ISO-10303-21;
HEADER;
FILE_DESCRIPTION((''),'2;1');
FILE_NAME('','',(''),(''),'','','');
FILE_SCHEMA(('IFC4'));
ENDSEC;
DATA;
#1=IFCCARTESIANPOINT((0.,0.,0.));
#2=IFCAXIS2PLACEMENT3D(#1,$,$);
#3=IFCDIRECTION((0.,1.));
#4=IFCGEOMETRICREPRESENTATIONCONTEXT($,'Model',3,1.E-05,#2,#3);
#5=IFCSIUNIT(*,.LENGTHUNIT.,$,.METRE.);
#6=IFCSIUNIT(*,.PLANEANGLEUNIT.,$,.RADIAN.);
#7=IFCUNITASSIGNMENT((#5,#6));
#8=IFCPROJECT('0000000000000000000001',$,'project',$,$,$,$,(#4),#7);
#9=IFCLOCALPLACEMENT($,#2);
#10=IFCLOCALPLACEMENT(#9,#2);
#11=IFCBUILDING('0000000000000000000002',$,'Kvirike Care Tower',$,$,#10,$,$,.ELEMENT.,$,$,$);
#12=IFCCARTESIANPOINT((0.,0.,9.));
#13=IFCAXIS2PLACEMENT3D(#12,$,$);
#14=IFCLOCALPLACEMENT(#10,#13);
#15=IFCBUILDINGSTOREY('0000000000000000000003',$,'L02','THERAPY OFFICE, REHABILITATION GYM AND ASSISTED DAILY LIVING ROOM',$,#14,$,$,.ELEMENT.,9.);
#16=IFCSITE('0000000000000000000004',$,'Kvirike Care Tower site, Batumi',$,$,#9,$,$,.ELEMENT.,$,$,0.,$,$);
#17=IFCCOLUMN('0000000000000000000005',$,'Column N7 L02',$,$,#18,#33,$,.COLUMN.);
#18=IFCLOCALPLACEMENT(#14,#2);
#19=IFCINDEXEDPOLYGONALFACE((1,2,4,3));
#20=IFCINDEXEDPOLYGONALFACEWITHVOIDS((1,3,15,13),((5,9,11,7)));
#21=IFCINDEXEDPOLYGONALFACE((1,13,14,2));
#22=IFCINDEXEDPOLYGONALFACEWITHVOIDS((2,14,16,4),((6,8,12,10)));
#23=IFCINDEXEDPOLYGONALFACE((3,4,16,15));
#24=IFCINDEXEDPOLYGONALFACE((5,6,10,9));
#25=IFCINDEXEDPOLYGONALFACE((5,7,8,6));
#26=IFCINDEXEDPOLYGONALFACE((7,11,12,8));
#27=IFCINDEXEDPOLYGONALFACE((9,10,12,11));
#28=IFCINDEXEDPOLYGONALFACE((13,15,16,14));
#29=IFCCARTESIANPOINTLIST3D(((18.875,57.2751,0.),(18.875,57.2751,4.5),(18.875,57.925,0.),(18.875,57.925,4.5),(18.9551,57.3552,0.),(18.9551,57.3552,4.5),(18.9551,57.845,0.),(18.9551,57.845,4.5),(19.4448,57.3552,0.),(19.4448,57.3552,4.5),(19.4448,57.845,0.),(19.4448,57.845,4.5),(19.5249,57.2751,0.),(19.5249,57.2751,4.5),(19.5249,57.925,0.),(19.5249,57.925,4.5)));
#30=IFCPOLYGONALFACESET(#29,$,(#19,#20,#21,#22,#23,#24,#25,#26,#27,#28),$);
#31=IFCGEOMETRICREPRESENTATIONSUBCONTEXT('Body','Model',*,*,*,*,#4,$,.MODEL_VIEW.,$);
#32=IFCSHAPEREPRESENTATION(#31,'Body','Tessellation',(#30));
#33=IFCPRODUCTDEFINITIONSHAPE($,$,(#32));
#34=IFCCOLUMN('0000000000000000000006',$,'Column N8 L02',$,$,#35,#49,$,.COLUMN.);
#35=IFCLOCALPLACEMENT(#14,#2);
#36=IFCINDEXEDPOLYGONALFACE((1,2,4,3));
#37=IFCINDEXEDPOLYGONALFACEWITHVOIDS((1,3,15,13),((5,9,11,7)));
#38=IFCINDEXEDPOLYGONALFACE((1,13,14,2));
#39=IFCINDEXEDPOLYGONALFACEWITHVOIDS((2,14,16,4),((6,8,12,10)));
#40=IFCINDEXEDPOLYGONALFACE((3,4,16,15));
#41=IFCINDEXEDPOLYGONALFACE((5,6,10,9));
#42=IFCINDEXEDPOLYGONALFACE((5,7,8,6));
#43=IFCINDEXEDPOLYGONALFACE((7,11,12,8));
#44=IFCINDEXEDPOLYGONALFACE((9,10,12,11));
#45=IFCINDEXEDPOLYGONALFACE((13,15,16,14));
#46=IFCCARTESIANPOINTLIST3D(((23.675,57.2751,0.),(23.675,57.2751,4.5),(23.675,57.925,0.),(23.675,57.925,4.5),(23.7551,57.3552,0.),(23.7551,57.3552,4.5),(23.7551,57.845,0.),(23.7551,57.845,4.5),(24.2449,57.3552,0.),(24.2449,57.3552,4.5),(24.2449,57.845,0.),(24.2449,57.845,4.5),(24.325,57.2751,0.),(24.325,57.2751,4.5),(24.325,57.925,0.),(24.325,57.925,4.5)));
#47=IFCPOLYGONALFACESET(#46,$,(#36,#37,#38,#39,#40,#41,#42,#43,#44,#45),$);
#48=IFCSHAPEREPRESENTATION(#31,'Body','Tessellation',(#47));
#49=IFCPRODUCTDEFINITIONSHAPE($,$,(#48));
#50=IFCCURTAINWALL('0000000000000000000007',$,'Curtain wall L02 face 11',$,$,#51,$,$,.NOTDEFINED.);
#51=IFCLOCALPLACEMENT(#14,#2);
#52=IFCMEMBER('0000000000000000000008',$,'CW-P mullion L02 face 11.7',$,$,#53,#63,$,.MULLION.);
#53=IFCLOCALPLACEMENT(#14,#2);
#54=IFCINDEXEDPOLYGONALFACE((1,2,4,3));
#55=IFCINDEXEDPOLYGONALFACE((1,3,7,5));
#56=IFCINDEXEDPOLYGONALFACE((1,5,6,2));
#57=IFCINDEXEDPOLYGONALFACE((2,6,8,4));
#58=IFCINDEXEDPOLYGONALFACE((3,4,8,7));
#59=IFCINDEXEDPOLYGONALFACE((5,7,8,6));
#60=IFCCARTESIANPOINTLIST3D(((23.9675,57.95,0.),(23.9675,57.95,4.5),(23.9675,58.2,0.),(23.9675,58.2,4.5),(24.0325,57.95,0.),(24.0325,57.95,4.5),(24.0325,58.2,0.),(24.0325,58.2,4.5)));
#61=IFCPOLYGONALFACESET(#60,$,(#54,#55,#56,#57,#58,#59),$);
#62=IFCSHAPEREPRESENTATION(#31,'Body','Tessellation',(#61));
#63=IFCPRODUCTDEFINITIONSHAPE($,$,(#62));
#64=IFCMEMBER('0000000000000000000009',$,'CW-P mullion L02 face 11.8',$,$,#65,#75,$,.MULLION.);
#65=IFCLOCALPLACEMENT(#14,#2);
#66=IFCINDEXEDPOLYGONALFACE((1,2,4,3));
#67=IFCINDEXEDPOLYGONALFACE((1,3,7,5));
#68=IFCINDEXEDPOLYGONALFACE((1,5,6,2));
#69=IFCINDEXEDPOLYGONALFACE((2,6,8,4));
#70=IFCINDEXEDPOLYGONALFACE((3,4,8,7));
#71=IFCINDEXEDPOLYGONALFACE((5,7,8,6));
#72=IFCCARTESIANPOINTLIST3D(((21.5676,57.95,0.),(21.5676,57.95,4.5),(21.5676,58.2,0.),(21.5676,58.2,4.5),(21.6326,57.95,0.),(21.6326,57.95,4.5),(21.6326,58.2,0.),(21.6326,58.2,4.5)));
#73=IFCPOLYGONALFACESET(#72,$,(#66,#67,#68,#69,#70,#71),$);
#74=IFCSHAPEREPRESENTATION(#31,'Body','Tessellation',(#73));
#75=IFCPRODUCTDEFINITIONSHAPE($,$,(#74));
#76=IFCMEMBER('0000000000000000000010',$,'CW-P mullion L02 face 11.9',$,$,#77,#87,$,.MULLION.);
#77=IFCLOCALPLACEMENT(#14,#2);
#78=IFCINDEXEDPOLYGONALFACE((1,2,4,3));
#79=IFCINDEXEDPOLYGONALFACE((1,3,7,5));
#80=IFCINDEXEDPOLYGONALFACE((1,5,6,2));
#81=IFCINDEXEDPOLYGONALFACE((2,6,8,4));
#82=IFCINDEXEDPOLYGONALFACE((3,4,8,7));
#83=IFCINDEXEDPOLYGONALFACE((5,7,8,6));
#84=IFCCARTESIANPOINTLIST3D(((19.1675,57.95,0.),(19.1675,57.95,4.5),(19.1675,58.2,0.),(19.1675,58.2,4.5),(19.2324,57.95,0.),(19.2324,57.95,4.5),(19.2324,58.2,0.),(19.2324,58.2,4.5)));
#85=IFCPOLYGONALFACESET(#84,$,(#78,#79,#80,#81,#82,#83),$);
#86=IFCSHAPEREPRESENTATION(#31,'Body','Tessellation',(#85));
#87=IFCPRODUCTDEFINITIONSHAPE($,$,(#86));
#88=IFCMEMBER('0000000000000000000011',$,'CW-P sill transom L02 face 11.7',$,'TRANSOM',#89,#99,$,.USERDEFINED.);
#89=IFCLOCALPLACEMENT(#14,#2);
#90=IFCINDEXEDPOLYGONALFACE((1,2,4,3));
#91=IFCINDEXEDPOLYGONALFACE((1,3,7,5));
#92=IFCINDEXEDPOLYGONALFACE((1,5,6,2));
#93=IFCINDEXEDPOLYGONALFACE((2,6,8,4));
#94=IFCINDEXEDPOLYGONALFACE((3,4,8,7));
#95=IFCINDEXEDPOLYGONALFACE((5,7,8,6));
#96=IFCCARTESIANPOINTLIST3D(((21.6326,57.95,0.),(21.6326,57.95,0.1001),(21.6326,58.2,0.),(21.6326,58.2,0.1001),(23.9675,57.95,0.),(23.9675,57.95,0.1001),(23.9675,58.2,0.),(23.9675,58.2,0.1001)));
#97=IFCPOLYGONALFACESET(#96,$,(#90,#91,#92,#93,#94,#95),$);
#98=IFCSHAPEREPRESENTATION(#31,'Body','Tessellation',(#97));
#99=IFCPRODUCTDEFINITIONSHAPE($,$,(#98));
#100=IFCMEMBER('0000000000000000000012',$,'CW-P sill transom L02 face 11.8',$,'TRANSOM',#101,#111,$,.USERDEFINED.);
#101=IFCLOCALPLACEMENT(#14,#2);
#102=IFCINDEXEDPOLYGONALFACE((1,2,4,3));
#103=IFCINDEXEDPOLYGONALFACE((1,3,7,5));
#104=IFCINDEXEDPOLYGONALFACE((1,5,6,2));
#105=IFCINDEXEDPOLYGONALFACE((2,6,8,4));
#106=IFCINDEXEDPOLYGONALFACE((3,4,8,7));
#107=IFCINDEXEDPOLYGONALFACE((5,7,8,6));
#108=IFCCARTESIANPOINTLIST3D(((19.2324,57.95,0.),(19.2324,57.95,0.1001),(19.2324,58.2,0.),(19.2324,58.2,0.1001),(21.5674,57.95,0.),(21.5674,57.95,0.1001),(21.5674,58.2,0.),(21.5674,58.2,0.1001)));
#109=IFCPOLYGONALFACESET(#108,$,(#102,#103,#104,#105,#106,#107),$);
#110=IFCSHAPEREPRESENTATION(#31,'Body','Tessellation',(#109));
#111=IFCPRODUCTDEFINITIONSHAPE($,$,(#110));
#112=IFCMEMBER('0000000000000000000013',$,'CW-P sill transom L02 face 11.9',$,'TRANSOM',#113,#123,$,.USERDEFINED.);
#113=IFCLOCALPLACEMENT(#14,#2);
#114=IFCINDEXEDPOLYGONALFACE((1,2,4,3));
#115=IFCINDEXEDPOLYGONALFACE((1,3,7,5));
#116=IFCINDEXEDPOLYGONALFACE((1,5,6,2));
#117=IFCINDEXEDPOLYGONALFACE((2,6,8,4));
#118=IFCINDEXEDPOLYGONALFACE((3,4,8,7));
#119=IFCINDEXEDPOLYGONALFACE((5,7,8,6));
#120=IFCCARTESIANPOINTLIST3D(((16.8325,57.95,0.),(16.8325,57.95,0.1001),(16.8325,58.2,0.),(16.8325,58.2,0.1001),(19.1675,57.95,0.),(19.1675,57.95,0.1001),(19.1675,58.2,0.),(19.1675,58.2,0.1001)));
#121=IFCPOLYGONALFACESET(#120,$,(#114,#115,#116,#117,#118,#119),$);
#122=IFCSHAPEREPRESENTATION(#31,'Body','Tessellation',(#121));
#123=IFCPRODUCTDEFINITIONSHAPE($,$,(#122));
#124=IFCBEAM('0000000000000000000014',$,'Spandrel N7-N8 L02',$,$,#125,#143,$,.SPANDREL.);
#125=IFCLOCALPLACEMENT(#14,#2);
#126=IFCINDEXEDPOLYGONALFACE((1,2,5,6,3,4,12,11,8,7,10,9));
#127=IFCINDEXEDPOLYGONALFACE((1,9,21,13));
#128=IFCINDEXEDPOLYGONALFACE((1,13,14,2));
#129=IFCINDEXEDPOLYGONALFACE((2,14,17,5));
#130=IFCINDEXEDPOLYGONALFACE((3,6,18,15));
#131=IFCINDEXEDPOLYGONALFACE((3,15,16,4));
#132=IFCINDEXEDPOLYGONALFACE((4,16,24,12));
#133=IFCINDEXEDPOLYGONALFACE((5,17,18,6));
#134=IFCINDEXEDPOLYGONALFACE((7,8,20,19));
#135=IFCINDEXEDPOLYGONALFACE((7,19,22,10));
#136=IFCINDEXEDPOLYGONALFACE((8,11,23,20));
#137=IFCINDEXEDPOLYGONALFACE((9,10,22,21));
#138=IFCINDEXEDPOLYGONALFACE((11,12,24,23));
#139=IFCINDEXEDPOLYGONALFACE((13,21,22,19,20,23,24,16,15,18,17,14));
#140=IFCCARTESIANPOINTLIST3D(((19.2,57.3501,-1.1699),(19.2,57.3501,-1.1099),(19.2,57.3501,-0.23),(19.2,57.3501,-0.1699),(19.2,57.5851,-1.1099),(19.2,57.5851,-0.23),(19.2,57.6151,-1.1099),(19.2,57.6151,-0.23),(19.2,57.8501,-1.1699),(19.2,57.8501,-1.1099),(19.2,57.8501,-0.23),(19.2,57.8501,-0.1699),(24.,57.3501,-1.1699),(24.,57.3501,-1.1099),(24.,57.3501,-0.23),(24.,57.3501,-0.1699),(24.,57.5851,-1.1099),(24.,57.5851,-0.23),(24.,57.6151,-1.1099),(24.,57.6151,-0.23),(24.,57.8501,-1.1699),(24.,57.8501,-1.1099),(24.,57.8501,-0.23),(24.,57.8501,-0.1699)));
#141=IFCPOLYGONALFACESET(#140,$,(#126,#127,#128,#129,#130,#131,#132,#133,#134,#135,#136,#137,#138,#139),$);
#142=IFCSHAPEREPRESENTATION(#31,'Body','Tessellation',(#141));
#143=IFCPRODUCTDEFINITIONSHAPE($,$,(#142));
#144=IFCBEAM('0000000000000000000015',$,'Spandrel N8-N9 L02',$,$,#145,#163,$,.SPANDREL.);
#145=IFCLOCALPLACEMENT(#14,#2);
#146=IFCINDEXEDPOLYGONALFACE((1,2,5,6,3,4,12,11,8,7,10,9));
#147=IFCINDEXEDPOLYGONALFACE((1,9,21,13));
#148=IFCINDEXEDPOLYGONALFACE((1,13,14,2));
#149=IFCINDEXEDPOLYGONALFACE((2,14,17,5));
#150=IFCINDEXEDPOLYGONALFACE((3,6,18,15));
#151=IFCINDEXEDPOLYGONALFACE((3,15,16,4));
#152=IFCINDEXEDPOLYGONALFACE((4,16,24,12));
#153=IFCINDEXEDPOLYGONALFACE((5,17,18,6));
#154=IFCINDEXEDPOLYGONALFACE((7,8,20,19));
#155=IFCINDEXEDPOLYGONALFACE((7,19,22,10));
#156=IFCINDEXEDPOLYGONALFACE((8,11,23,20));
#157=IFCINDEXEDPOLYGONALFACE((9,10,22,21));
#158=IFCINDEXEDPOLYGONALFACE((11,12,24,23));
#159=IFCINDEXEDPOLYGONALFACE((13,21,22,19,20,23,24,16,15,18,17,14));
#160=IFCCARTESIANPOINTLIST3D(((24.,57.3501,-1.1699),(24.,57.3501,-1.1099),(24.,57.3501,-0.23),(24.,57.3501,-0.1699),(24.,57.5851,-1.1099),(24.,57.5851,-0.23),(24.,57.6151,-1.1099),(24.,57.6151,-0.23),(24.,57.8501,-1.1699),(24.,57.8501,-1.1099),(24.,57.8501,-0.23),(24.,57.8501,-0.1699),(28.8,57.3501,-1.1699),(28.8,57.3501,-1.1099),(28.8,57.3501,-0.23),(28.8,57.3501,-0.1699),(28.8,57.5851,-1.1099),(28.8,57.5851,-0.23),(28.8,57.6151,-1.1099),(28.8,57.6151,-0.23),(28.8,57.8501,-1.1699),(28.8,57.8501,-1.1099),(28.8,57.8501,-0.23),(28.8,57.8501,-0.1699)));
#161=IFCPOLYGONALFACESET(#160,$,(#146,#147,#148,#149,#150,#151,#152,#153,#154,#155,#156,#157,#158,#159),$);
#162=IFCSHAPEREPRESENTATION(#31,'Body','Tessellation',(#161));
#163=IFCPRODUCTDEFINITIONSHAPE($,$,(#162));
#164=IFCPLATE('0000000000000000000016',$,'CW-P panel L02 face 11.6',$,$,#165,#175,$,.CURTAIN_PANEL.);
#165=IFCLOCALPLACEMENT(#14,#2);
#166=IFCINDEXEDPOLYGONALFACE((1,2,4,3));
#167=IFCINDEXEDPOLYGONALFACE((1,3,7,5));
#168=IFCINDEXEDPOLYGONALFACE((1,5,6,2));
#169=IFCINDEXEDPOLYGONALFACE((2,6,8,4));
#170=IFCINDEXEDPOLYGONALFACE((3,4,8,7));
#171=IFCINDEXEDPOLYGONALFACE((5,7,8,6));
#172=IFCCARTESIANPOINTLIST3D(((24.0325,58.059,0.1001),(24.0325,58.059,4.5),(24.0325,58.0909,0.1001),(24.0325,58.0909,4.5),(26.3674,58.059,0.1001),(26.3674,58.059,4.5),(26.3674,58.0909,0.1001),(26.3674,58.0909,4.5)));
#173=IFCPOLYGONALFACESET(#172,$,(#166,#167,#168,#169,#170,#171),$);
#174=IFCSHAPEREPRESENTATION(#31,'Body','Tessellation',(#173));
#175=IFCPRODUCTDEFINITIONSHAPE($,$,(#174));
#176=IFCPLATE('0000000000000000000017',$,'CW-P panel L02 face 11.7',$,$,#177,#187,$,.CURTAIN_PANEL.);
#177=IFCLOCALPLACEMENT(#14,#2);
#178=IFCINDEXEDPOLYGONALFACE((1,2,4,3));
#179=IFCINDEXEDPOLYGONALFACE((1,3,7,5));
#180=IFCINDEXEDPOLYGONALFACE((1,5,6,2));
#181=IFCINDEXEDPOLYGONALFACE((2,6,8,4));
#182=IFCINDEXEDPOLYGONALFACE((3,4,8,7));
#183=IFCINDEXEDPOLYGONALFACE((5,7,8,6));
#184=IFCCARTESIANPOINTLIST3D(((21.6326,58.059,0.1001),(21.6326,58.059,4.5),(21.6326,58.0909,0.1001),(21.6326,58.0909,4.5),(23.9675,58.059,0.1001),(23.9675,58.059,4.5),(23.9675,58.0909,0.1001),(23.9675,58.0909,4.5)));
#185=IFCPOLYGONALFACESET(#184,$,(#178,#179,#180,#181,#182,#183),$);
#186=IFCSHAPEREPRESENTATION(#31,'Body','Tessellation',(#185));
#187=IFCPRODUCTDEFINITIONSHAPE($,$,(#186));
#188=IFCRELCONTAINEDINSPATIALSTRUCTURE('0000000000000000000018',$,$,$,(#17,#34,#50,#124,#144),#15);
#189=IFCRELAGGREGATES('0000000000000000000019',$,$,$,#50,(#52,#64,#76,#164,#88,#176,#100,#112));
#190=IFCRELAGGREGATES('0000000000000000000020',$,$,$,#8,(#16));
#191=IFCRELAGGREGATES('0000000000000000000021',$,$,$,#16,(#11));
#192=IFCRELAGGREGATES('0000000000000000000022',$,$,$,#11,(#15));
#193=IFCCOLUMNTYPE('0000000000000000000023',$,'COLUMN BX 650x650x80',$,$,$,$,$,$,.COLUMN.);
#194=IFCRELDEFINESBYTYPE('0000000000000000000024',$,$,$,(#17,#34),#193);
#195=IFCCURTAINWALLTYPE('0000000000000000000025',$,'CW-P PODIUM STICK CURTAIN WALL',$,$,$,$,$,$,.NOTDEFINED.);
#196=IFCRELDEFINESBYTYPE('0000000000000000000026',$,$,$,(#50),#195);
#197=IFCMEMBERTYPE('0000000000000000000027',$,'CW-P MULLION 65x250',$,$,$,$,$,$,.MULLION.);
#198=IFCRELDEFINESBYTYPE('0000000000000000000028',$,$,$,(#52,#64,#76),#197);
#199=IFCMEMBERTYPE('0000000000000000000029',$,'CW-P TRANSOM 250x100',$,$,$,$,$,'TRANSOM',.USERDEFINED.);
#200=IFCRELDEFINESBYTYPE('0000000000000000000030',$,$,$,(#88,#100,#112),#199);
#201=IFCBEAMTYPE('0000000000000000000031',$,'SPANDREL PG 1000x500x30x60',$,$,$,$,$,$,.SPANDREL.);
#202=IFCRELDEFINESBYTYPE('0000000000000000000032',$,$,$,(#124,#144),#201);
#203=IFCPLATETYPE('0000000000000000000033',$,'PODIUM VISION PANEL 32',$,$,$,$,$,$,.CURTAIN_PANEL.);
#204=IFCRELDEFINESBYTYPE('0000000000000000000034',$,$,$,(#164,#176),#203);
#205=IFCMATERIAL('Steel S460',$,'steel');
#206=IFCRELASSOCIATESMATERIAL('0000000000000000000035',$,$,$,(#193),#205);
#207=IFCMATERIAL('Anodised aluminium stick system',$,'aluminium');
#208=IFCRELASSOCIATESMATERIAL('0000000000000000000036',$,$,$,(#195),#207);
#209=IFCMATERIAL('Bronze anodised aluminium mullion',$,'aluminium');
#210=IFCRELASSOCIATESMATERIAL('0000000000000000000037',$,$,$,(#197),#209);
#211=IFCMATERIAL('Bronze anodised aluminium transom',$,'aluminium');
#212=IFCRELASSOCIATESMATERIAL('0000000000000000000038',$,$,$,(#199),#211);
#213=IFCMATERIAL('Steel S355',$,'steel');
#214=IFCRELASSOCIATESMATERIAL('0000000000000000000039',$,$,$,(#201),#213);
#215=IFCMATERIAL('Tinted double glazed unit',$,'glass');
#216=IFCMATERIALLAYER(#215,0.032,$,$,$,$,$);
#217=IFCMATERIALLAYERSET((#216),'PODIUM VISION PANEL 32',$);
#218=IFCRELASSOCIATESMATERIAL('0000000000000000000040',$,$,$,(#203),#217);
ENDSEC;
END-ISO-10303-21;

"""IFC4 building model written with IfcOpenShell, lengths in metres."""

from ifc_helpers import new_model, si_unit, direction, frame, origin, origin_2d, place, context, subcontext, project, spatial, rectangle, hollow_rectangle, i_section, extrude, material, layer, layer_set, material_profile, profile_set, type_object, element, aggregate, save


model = new_model("IFC4")

# Units and contexts
model_context = context("Model", 3, precision=1e-05, world=origin(), true_north=direction((0.0, 1.0)))
body_context = subcontext(model_context, "Body", "Model", "MODEL_VIEW")
ifc_project = project(units=[si_unit("LENGTHUNIT", "METRE"), si_unit("PLANEANGLEUNIT", "RADIAN")], contexts=[model_context])

# Site, building, storey
site_placement = place(None, origin())
site = spatial("IfcSite", under=ifc_project, at=site_placement, Name="Kvirike Care Tower site, Batumi", CompositionType="ELEMENT", RefElevation=0.0)
building_placement = place(site_placement, origin())
building = spatial("IfcBuilding", under=site, at=building_placement, Name="Kvirike Care Tower", CompositionType="ELEMENT")
storey_placement = place(building_placement, frame((0.0, 0.0, 9.0)))
storey = spatial("IfcBuildingStorey", under=building, at=storey_placement, Name="L02", Description="THERAPY OFFICE, REHABILITATION GYM AND ASSISTED DAILY LIVING ROOM", CompositionType="ELEMENT", Elevation=9.0)

# Columns
ifc_material_1 = material(Name="Steel S460", Category="steel")
ifc_material_profile_1 = material_profile(ifc_material_1, hollow_rectangle(XDim=0.6499, YDim=0.6499, WallThickness=0.0801, at=origin_2d()), Name="BX 650x650x80")
ifc_profile_set_1 = profile_set([ifc_material_profile_1], Name="Steel S460")
column_type = type_object("IfcColumnType", Name="COLUMN BX 650x650x80", PredefinedType="COLUMN", material=ifc_profile_set_1)
for number, where, z_axis, x_axis, name in (
    (1, (19.2, 57.6001, 0.0), (0.0, 0.0, 1.0), (0.0, 1.0, 0.0), "Column N7 L02"),
    (2, (24.0, 57.6001, 0.0), (0.0, 0.0, 1.0), (0.0, 1.0, 0.0), "Column N8 L02"),
):
    element("IfcColumn", number, at=place(storey_placement, frame(where, z_axis=z_axis, x_axis=x_axis)), inside=storey, type_object=column_type, Name=name, PredefinedType="COLUMN", context=body_context, shape_type="SweptSolid", body=[
        extrude(hollow_rectangle(XDim=0.6499, YDim=0.6499, WallThickness=0.0801, at=origin_2d()), origin(), (0.0, 0.0, 1.0), 4.5),
    ])

# Curtain wall, members
ifc_material_2 = material(Name="Anodised aluminium stick system", Category="aluminium")
curtain_wall_type = type_object("IfcCurtainWallType", Name="CW-P PODIUM STICK CURTAIN WALL", PredefinedType="NOTDEFINED", material=ifc_material_2)
curtain_wall_placement = place(storey_placement, origin())
curtain_wall = element("IfcCurtainWall", 3, at=curtain_wall_placement, inside=storey, type_object=curtain_wall_type, Name="Curtain wall L02 face 11", PredefinedType="NOTDEFINED")
ifc_material_3 = material(Name="Bronze anodised aluminium mullion", Category="aluminium")
ifc_material_profile_2 = material_profile(ifc_material_3, rectangle(XDim=0.0649, YDim=0.25, at=origin_2d()), Name="CW-P MULLION 65x250")
ifc_profile_set_2 = profile_set([ifc_material_profile_2], Name="Bronze anodised aluminium mullion")
member_type_1 = type_object("IfcMemberType", Name="CW-P MULLION 65x250", PredefinedType="MULLION", material=ifc_profile_set_2)
member_1_placement = place(storey_placement, frame((24.0, 58.075, 0.0), z_axis=(0.0, 0.0, 1.0), x_axis=(-1.0, 0.0, 0.0)))
member_1 = element("IfcMember", 4, at=member_1_placement, type_object=member_type_1, Name="CW-P mullion L02 face 11.7", PredefinedType="MULLION", context=body_context, shape_type="SweptSolid", body=[
    extrude(rectangle(XDim=0.0649, YDim=0.25, at=origin_2d()), origin(), (0.0, 0.0, 1.0), 4.5),
])
member_2_placement = place(storey_placement, frame((21.6001, 58.075, 0.0), z_axis=(0.0, 0.0, 1.0), x_axis=(-1.0, 0.0, 0.0)))
member_2 = element("IfcMember", 5, at=member_2_placement, type_object=member_type_1, Name="CW-P mullion L02 face 11.8", PredefinedType="MULLION", context=body_context, shape_type="SweptSolid", body=[
    extrude(rectangle(XDim=0.0649, YDim=0.25, at=origin_2d()), origin(), (0.0, 0.0, 1.0), 4.5),
])
member_3_placement = place(storey_placement, frame((19.2, 58.075, 0.0), z_axis=(0.0, 0.0, 1.0), x_axis=(-1.0, 0.0, 0.0)))
member_3 = element("IfcMember", 6, at=member_3_placement, type_object=member_type_1, Name="CW-P mullion L02 face 11.9", PredefinedType="MULLION", context=body_context, shape_type="SweptSolid", body=[
    extrude(rectangle(XDim=0.0649, YDim=0.25, at=origin_2d()), origin(), (0.0, 0.0, 1.0), 4.5),
])
ifc_material_4 = material(Name="Bronze anodised aluminium transom", Category="aluminium")
ifc_material_profile_3 = material_profile(ifc_material_4, rectangle(XDim=0.25, YDim=0.1001, at=origin_2d()), Name="CW-P TRANSOM 250x100")
ifc_profile_set_3 = profile_set([ifc_material_profile_3], Name="Bronze anodised aluminium transom")
member_type_2 = type_object("IfcMemberType", Name="CW-P TRANSOM 250x100", ElementType="TRANSOM", PredefinedType="USERDEFINED", material=ifc_profile_set_3)
member_4_placement = place(storey_placement, frame((23.9675, 58.075, 0.05), z_axis=(-1.0, 0.0, 0.0), x_axis=(0.0, -1.0, 0.0)))
member_4 = element("IfcMember", 7, at=member_4_placement, type_object=member_type_2, Name="CW-P sill transom L02 face 11.7", ObjectType="TRANSOM", PredefinedType="USERDEFINED", context=body_context, shape_type="SweptSolid", body=[
    extrude(rectangle(XDim=0.25, YDim=0.1001, at=origin_2d()), origin(), (0.0, 0.0, 1.0), 2.335),
])
member_5_placement = place(storey_placement, frame((21.5674, 58.075, 0.05), z_axis=(-1.0, 0.0, 0.0), x_axis=(0.0, -1.0, 0.0)))
member_5 = element("IfcMember", 8, at=member_5_placement, type_object=member_type_2, Name="CW-P sill transom L02 face 11.8", ObjectType="TRANSOM", PredefinedType="USERDEFINED", context=body_context, shape_type="SweptSolid", body=[
    extrude(rectangle(XDim=0.25, YDim=0.1001, at=origin_2d()), origin(), (0.0, 0.0, 1.0), 2.335),
])
member_6_placement = place(storey_placement, frame((19.1675, 58.075, 0.05), z_axis=(-1.0, 0.0, 0.0), x_axis=(0.0, -1.0, 0.0)))
member_6 = element("IfcMember", 9, at=member_6_placement, type_object=member_type_2, Name="CW-P sill transom L02 face 11.9", ObjectType="TRANSOM", PredefinedType="USERDEFINED", context=body_context, shape_type="SweptSolid", body=[
    extrude(rectangle(XDim=0.25, YDim=0.1001, at=origin_2d()), origin(), (0.0, 0.0, 1.0), 2.335),
])

# Beams
ifc_material_5 = material(Name="Steel S355", Category="steel")
ifc_material_profile_4 = material_profile(ifc_material_5, i_section(OverallWidth=0.5, OverallDepth=1.0, WebThickness=0.03, FlangeThickness=0.0601, at=origin_2d()), Name="PG 1000x500x30x60")
ifc_profile_set_4 = profile_set([ifc_material_profile_4], Name="Steel S355")
beam_type = type_object("IfcBeamType", Name="SPANDREL PG 1000x500x30x60", PredefinedType="SPANDREL", material=ifc_profile_set_4)
for number, where, z_axis, x_axis, name in (
    (10, (19.2, 57.6001, -0.6699), (1.0, 0.0, 0.0), (0.0, 1.0, 0.0), "Spandrel N7-N8 L02"),
    (11, (24.0, 57.6001, -0.6699), (1.0, 0.0, 0.0), (0.0, 1.0, 0.0), "Spandrel N8-N9 L02"),
):
    element("IfcBeam", number, at=place(storey_placement, frame(where, z_axis=z_axis, x_axis=x_axis)), inside=storey, type_object=beam_type, Name=name, PredefinedType="SPANDREL", context=body_context, shape_type="SweptSolid", body=[
        extrude(i_section(OverallWidth=0.5, OverallDepth=1.0, WebThickness=0.03, FlangeThickness=0.0601, at=origin_2d()), origin(), (0.0, 0.0, 1.0), 4.8),
    ])

# Plates
ifc_material_6 = material(Name="Tinted double glazed unit", Category="glass")
ifc_layer_1 = layer(ifc_material_6, 0.032)
ifc_layer_set_1 = layer_set([ifc_layer_1], Name="PODIUM VISION PANEL 32")
plate_type = type_object("IfcPlateType", Name="PODIUM VISION PANEL 32", PredefinedType="CURTAIN_PANEL", material=ifc_layer_set_1)
plate_1_placement = place(storey_placement, frame((25.2, 58.075, 0.1001), z_axis=(0.0, 0.0, 1.0), x_axis=(-1.0, 0.0, 0.0)))
plate_1 = element("IfcPlate", 12, at=plate_1_placement, type_object=plate_type, Name="CW-P panel L02 face 11.6", PredefinedType="CURTAIN_PANEL", context=body_context, shape_type="SweptSolid", body=[
    extrude(rectangle(XDim=2.335, YDim=0.032, at=origin_2d()), origin(), (0.0, 0.0, 1.0), 4.3999),
])
plate_2_placement = place(storey_placement, frame((22.8, 58.075, 0.1001), z_axis=(0.0, 0.0, 1.0), x_axis=(-1.0, 0.0, 0.0)))
plate_2 = element("IfcPlate", 13, at=plate_2_placement, type_object=plate_type, Name="CW-P panel L02 face 11.7", PredefinedType="CURTAIN_PANEL", context=body_context, shape_type="SweptSolid", body=[
    extrude(rectangle(XDim=2.335, YDim=0.032, at=origin_2d()), origin(), (0.0, 0.0, 1.0), 4.3999),
])
aggregate(curtain_wall, [member_1, member_2, member_3, plate_1, member_4, plate_2, member_5, member_6])

save(model, "model.ifc")
